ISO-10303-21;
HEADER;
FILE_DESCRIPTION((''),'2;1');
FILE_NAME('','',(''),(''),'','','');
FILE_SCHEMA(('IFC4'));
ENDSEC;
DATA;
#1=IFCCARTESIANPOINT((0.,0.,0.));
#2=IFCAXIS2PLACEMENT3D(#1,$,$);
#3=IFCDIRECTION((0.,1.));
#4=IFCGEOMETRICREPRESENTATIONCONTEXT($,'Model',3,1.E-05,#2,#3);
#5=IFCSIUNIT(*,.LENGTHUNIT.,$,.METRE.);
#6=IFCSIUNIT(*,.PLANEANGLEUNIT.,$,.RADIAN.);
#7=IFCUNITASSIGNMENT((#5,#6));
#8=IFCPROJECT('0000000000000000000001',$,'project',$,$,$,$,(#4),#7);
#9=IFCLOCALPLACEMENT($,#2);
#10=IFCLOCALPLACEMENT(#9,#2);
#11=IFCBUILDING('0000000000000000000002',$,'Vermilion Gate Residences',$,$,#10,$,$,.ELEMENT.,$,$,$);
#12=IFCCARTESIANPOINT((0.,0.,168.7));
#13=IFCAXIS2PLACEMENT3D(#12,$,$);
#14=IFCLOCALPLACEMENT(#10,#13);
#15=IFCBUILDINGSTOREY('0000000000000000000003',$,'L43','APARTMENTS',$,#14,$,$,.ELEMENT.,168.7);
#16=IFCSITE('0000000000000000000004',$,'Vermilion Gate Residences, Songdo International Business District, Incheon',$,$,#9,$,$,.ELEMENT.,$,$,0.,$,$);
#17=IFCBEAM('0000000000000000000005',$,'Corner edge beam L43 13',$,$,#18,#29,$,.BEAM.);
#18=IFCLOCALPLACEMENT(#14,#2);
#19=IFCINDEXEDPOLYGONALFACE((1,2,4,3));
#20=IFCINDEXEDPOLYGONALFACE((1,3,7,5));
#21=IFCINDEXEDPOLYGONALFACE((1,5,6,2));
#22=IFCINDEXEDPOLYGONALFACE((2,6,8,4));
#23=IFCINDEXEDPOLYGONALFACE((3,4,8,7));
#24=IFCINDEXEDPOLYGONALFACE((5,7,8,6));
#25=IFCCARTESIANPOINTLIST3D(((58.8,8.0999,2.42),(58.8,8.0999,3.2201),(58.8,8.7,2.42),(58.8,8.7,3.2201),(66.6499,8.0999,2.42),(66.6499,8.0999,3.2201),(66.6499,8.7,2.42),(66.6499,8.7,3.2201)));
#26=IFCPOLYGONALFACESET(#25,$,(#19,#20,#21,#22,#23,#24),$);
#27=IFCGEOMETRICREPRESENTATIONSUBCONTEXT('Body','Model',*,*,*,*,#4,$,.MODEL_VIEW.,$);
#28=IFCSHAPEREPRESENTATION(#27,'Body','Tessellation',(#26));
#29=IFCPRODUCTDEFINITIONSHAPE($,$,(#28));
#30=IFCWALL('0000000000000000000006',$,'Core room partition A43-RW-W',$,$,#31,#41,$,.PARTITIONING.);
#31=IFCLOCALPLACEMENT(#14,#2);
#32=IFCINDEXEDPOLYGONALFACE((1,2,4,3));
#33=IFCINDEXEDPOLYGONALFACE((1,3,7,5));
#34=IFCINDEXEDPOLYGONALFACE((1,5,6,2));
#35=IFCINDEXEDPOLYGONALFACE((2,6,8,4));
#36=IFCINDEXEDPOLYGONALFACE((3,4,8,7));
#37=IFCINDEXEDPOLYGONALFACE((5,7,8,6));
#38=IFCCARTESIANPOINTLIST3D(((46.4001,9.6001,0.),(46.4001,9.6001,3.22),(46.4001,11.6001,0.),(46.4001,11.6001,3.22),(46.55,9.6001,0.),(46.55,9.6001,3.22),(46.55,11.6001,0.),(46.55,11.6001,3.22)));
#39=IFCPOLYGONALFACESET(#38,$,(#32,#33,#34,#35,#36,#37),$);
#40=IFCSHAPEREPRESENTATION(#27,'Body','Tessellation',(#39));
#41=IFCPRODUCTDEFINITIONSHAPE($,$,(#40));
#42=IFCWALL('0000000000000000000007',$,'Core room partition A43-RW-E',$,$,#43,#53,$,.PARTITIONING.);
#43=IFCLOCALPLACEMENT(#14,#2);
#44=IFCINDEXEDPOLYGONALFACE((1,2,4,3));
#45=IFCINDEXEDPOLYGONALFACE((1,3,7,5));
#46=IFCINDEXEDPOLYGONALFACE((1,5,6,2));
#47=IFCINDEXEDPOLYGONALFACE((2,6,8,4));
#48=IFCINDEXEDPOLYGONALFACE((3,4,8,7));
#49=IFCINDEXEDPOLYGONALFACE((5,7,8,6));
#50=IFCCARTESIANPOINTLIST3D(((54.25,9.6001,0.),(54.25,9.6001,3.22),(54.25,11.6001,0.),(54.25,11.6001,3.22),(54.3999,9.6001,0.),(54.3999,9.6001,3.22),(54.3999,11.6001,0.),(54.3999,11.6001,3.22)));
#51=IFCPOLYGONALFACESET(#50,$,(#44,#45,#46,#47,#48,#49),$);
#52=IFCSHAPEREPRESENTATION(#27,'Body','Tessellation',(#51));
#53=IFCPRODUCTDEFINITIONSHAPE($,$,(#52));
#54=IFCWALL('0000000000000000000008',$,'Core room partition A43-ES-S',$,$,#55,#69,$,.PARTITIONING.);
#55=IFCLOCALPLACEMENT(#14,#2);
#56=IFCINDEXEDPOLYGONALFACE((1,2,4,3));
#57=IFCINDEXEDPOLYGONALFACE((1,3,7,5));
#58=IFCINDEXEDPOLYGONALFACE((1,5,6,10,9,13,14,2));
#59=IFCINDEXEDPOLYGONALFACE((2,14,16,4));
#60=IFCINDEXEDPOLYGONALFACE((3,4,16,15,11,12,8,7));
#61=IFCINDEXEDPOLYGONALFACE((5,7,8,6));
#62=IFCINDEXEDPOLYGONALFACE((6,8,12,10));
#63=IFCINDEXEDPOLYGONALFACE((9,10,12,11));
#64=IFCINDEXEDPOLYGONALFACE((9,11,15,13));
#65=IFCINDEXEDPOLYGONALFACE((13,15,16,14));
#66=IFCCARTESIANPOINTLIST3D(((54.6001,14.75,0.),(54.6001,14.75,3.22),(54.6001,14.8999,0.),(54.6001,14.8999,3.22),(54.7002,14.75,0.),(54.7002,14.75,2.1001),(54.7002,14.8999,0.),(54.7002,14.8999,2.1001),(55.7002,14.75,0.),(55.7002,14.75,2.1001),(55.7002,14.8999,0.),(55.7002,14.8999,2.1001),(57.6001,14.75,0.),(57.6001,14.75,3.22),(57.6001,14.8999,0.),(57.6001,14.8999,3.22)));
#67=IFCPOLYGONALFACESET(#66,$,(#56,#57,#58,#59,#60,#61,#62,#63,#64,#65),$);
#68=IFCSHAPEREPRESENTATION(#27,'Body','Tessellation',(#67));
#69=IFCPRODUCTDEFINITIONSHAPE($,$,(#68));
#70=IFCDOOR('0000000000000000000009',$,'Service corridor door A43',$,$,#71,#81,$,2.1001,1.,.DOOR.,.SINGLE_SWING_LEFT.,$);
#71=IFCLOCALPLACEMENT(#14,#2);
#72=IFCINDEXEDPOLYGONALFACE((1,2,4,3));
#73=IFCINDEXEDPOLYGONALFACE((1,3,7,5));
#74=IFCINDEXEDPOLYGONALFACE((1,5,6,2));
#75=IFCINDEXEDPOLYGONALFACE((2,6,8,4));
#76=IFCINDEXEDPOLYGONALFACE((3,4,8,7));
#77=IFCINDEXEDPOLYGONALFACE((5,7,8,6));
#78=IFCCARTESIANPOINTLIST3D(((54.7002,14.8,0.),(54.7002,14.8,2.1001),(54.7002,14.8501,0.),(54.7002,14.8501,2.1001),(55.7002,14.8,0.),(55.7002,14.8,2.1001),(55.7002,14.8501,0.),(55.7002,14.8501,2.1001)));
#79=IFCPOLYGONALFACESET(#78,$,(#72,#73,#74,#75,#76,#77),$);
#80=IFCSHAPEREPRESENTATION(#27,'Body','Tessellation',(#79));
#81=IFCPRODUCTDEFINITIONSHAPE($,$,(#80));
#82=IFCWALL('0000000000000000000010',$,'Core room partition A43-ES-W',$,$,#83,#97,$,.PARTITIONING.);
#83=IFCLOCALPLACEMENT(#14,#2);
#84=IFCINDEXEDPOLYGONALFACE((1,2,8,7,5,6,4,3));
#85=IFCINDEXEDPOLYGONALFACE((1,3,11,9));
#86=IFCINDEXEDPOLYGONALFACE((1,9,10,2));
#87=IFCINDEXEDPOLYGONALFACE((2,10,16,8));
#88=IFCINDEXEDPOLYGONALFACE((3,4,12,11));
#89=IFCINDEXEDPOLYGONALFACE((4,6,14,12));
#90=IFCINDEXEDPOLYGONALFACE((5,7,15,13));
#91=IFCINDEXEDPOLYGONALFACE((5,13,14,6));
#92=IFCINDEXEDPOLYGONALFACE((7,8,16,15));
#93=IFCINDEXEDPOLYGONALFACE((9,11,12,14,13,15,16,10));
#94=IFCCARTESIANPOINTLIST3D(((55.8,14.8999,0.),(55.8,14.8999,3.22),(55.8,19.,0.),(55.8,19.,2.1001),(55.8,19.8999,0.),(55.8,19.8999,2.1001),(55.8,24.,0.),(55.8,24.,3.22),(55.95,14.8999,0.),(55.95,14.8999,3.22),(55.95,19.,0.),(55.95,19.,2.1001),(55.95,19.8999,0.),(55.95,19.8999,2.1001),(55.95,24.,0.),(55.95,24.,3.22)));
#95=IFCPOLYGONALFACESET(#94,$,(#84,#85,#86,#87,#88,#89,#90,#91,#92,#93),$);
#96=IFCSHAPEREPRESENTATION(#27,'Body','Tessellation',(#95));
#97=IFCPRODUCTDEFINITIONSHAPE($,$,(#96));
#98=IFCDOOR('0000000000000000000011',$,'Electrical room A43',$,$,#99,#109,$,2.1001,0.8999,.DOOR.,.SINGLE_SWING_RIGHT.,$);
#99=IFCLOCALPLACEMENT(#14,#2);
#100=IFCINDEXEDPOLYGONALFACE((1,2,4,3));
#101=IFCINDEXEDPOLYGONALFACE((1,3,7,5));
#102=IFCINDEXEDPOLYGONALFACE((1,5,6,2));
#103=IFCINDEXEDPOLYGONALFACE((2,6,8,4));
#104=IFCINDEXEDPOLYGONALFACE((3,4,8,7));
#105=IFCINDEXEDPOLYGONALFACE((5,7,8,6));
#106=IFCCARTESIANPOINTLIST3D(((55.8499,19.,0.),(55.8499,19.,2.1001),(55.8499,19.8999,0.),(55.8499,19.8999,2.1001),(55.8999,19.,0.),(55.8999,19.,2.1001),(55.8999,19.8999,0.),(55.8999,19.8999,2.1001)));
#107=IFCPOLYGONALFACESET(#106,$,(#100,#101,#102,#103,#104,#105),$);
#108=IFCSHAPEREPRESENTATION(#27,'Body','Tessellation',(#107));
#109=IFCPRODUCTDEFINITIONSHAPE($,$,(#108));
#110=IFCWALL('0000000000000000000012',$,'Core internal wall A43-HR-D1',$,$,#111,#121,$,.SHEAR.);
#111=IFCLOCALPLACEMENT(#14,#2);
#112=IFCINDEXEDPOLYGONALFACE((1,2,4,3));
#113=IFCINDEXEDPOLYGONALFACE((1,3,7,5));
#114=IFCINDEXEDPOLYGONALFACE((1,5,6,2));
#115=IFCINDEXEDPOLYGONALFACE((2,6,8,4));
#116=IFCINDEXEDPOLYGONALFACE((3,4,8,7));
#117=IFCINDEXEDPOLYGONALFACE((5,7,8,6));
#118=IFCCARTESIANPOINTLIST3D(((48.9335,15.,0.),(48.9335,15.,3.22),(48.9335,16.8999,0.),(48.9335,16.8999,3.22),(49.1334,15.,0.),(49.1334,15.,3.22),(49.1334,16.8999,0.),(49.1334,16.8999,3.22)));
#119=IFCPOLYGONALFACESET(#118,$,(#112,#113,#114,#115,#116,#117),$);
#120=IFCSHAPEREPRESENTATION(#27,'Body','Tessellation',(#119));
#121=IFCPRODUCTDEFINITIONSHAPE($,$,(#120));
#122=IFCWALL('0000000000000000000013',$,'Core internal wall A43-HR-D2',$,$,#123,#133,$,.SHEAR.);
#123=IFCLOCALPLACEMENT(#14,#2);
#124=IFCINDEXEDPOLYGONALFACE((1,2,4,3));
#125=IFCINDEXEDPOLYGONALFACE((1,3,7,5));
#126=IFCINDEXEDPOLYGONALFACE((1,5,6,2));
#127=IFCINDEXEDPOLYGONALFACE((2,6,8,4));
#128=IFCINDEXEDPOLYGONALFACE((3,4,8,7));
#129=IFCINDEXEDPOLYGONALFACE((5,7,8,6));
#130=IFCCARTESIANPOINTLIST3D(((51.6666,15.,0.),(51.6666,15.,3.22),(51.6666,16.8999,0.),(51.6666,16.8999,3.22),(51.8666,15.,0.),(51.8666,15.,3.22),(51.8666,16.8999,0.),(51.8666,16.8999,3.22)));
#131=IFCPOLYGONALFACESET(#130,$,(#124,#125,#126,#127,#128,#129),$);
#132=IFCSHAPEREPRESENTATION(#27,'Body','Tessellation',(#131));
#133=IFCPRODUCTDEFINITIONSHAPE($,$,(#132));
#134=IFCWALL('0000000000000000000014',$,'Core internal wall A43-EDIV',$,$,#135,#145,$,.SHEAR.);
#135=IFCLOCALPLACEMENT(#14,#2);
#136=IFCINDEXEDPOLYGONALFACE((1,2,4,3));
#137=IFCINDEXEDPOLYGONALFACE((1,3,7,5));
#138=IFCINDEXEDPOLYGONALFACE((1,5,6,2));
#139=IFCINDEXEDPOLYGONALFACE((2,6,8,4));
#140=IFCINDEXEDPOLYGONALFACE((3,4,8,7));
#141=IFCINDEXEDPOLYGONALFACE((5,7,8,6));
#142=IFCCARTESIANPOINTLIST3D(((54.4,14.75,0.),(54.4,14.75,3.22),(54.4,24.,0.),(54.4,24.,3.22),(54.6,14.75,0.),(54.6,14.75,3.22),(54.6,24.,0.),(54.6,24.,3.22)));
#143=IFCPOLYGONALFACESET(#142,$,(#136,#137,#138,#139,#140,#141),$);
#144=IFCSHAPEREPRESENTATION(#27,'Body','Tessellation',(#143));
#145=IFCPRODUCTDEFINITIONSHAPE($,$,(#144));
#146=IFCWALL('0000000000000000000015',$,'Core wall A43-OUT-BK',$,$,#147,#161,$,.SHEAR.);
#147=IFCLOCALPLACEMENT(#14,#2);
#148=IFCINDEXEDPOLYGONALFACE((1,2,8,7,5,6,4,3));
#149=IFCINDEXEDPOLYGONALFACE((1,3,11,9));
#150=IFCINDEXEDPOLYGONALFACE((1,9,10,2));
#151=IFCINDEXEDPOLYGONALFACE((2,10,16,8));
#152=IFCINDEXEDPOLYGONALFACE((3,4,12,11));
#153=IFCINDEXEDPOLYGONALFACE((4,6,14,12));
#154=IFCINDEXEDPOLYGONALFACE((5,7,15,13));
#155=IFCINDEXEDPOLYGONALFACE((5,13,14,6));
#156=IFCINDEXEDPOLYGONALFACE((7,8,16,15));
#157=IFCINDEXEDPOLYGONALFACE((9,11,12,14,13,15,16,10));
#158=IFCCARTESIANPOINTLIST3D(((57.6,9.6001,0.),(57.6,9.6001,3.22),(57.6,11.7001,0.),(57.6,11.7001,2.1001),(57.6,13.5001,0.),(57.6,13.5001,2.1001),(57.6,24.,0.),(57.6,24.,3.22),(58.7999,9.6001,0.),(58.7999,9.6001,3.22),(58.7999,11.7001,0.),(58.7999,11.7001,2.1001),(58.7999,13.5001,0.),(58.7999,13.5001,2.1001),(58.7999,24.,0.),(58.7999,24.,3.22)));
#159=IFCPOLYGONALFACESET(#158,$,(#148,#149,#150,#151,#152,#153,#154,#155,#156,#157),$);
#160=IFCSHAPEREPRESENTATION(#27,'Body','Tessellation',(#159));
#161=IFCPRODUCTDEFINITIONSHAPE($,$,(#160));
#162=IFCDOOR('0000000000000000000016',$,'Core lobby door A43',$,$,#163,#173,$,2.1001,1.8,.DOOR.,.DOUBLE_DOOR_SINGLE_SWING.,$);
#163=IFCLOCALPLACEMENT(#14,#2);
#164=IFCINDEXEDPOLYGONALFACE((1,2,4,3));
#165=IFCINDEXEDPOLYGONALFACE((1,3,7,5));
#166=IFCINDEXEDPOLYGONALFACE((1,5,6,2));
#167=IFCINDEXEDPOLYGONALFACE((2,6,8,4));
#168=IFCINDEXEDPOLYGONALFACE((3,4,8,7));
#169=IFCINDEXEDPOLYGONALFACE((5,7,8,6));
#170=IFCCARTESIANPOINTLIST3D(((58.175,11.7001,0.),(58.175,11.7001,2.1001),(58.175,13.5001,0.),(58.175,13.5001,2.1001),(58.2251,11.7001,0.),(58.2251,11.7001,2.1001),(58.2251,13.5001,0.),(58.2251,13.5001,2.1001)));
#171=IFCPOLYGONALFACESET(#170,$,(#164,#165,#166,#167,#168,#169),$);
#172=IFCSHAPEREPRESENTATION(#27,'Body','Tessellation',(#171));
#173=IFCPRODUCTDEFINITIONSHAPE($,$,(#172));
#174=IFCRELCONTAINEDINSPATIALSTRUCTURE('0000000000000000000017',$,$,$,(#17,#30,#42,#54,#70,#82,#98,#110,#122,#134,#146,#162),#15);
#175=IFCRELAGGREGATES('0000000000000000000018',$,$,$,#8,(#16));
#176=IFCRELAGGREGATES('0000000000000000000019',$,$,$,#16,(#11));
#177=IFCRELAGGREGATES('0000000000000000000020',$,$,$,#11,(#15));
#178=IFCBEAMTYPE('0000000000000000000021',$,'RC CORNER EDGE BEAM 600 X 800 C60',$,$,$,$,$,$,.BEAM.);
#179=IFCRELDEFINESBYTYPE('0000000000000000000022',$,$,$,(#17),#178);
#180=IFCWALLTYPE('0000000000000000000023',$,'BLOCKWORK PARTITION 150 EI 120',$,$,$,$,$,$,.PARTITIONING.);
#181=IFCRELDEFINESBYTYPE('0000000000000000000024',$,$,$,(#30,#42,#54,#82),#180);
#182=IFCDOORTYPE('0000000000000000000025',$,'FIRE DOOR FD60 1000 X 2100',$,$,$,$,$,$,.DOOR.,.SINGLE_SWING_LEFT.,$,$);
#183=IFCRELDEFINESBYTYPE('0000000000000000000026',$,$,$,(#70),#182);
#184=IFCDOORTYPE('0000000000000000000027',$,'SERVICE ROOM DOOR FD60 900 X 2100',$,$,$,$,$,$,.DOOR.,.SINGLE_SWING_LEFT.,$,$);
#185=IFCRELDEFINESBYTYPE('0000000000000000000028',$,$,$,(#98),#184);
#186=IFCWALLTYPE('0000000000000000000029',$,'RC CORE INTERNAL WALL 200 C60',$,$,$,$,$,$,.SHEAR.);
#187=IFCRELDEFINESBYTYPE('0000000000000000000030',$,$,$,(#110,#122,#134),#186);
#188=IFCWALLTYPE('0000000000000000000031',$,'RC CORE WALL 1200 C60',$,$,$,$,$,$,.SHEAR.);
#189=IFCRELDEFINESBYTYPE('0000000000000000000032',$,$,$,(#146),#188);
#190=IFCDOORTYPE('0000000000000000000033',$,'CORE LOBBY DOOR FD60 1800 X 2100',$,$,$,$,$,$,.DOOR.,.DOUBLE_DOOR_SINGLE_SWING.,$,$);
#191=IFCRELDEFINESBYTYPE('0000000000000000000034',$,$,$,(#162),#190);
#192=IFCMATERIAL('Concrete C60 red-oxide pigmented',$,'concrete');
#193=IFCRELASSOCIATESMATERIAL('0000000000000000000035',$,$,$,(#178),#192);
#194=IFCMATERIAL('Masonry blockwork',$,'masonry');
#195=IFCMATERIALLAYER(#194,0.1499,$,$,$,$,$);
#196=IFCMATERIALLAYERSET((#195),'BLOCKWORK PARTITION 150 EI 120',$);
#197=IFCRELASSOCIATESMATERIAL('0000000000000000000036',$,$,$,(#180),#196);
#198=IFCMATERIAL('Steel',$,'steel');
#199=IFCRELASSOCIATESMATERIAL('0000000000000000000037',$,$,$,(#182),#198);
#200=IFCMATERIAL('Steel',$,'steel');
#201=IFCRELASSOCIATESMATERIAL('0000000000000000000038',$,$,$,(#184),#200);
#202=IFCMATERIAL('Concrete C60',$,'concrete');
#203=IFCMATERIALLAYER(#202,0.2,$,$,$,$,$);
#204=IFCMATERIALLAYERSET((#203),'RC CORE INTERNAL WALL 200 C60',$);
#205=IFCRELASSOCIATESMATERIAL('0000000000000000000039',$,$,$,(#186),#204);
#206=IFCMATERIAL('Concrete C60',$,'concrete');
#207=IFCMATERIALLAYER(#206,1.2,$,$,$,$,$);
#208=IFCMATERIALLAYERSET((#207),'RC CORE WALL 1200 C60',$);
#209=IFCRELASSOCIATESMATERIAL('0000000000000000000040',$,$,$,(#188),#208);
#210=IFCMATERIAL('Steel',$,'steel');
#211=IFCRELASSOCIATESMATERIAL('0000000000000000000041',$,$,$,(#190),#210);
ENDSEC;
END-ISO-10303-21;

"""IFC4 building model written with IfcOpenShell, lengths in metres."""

from ifc_helpers import new_model, si_unit, direction, frame, frame_2d, origin, origin_2d, place, context, subcontext, project, spatial, rectangle, extrude, material, layer, layer_set, material_profile, profile_set, type_object, element, fill, save


model = new_model("IFC4")

# Units and contexts
model_context = context("Model", 3, precision=1e-05, world=origin(), true_north=direction((0.0, 1.0)))
body_context = subcontext(model_context, "Body", "Model", "MODEL_VIEW")
ifc_project = project(units=[si_unit("LENGTHUNIT", "METRE"), si_unit("PLANEANGLEUNIT", "RADIAN")], contexts=[model_context])

# Site, building, storey
site_placement = place(None, origin())
site = spatial("IfcSite", under=ifc_project, at=site_placement, Name="Vermilion Gate Residences, Songdo International Business District, Incheon", CompositionType="ELEMENT", RefElevation=0.0)
building_placement = place(site_placement, origin())
building = spatial("IfcBuilding", under=site, at=building_placement, Name="Vermilion Gate Residences", CompositionType="ELEMENT")
storey_placement = place(building_placement, frame((0.0, 0.0, 168.7)))
storey = spatial("IfcBuildingStorey", under=building, at=storey_placement, Name="L43", Description="APARTMENTS", CompositionType="ELEMENT", Elevation=168.7)

# Beam
ifc_material_1 = material(Name="Concrete C60 red-oxide pigmented", Category="concrete")
ifc_material_profile = material_profile(ifc_material_1, rectangle(XDim=0.6001, YDim=0.8, at=origin_2d()), Name="RC-600x800")
ifc_profile_set = profile_set([ifc_material_profile], Name="Concrete C60 red-oxide pigmented")
beam_type = type_object("IfcBeamType", Name="RC CORNER EDGE BEAM 600 X 800 C60", PredefinedType="BEAM", material=ifc_profile_set)
beam_placement = place(storey_placement, frame((58.8, 8.3999, 2.8201), z_axis=(1.0, 0.0, 0.0), x_axis=(0.0, 1.0, 0.0)))
element("IfcBeam", 1, at=beam_placement, inside=storey, type_object=beam_type, Name="Corner edge beam L43 13", PredefinedType="BEAM", context=body_context, shape_type="SweptSolid", body=[
    extrude(rectangle(XDim=0.6001, YDim=0.8, at=origin_2d()), origin(), (0.0, 0.0, 1.0), 7.8499),
])

# Walls
ifc_material_2 = material(Name="Masonry blockwork", Category="masonry")
ifc_layer_1 = layer(ifc_material_2, 0.1499)
ifc_layer_set_1 = layer_set([ifc_layer_1], Name="BLOCKWORK PARTITION 150 EI 120")
wall_type_1 = type_object("IfcWallType", Name="BLOCKWORK PARTITION 150 EI 120", PredefinedType="PARTITIONING", material=ifc_layer_set_1)
for number, where, z_axis, x_axis, name in (
    (2, (46.4751, 9.6001, 0.0), (0.0, 0.0, 1.0), (0.0, 1.0, 0.0), "Core room partition A43-RW-W"),
    (3, (54.325, 9.6001, 0.0), (0.0, 0.0, 1.0), (0.0, 1.0, 0.0), "Core room partition A43-RW-E"),
):
    element("IfcWall", number, at=place(storey_placement, frame(where, z_axis=z_axis, x_axis=x_axis)), inside=storey, type_object=wall_type_1, Name=name, PredefinedType="PARTITIONING", context=body_context, shape_type="SweptSolid", body=[
        extrude(rectangle(XDim=2.0, YDim=0.1499, at=frame_2d((1.0, 0.0))), origin(), (0.0, 0.0, 1.0), 3.22),
    ])

# Walls, openings, doors
wall_1_placement = place(storey_placement, frame((54.6001, 14.825, 0.0), z_axis=(0.0, 0.0, 1.0), x_axis=(1.0, 0.0, 0.0)))
wall_1 = element("IfcWall", 4, at=wall_1_placement, inside=storey, type_object=wall_type_1, Name="Core room partition A43-ES-S", PredefinedType="PARTITIONING", context=body_context, shape_type="SweptSolid", body=[
    extrude(rectangle(XDim=3.0, YDim=0.1499, at=frame_2d((1.5, 0.0))), origin(), (0.0, 0.0, 1.0), 3.22),
])
opening_1_placement = place(wall_1_placement, frame((0.1001, 0.0, 0.0)))
opening_1 = element("IfcOpeningElement", 5, at=opening_1_placement, cuts=wall_1, PredefinedType="OPENING", context=body_context, shape_type="SweptSolid", body=[
    extrude(rectangle(XDim=1.0, YDim=2.1001, at=frame_2d((0.5, 1.05))), frame((0.0, 0.085, 0.0), z_axis=(0.0, -1.0, 0.0), x_axis=(1.0, 0.0, 0.0)), (0.0, 0.0, 1.0), 0.1699),
])
ifc_material_3 = material(Name="Steel", Category="steel")
door_type_1 = type_object("IfcDoorType", Name="FIRE DOOR FD60 1000 X 2100", OperationType="SINGLE_SWING_LEFT", PredefinedType="DOOR", material=ifc_material_3)
door_1_placement = place(opening_1_placement, frame((1.0, 0.0, 0.0), z_axis=(0.0, 0.0, 1.0), x_axis=(-1.0, 0.0, 0.0)))
door_1 = element("IfcDoor", 6, at=door_1_placement, inside=storey, type_object=door_type_1, Name="Service corridor door A43", OperationType="SINGLE_SWING_LEFT", OverallHeight=2.1001, OverallWidth=1.0, PredefinedType="DOOR", context=body_context, shape_type="SweptSolid", body=[
    extrude(rectangle(XDim=1.0, YDim=2.1001, at=frame_2d((0.5, 1.05))), frame((0.0, 0.0249, 0.0), z_axis=(0.0, -1.0, 0.0), x_axis=(1.0, 0.0, 0.0)), (0.0, 0.0, 1.0), 0.05),
])
fill(opening_1, door_1)
wall_2_placement = place(storey_placement, frame((55.875, 14.8999, 0.0), z_axis=(0.0, 0.0, 1.0), x_axis=(0.0, 1.0, 0.0)))
wall_2 = element("IfcWall", 7, at=wall_2_placement, inside=storey, type_object=wall_type_1, Name="Core room partition A43-ES-W", PredefinedType="PARTITIONING", context=body_context, shape_type="SweptSolid", body=[
    extrude(rectangle(XDim=9.1001, YDim=0.1499, at=frame_2d((4.55, 0.0))), origin(), (0.0, 0.0, 1.0), 3.22),
])
opening_2_placement = place(wall_2_placement, frame((4.1001, 0.0, 0.0)))
opening_2 = element("IfcOpeningElement", 8, at=opening_2_placement, cuts=wall_2, PredefinedType="OPENING", context=body_context, shape_type="SweptSolid", body=[
    extrude(rectangle(XDim=0.8999, YDim=2.1001, at=frame_2d((0.45, 1.05))), frame((0.0, 0.085, 0.0), z_axis=(0.0, -1.0, 0.0), x_axis=(1.0, 0.0, 0.0)), (0.0, 0.0, 1.0), 0.1699),
])
ifc_material_4 = material(Name="Steel", Category="steel")
door_type_2 = type_object("IfcDoorType", Name="SERVICE ROOM DOOR FD60 900 X 2100", OperationType="SINGLE_SWING_LEFT", PredefinedType="DOOR", material=ifc_material_4)
door_2_placement = place(opening_2_placement, frame((0.8999, 0.0, 0.0), z_axis=(0.0, 0.0, 1.0), x_axis=(-1.0, 0.0, 0.0)))
door_2 = element("IfcDoor", 9, at=door_2_placement, inside=storey, type_object=door_type_2, Name="Electrical room A43", OperationType="SINGLE_SWING_RIGHT", OverallHeight=2.1001, OverallWidth=0.8999, PredefinedType="DOOR", context=body_context, shape_type="SweptSolid", body=[
    extrude(rectangle(XDim=0.8999, YDim=2.1001, at=frame_2d((0.45, 1.05))), frame((0.0, 0.0249, 0.0), z_axis=(0.0, -1.0, 0.0), x_axis=(1.0, 0.0, 0.0)), (0.0, 0.0, 1.0), 0.05),
])
fill(opening_2, door_2)

# Walls
ifc_material_5 = material(Name="Concrete C60", Category="concrete")
ifc_layer_2 = layer(ifc_material_5, 0.2)
ifc_layer_set_2 = layer_set([ifc_layer_2], Name="RC CORE INTERNAL WALL 200 C60")
wall_type_2 = type_object("IfcWallType", Name="RC CORE INTERNAL WALL 200 C60", PredefinedType="SHEAR", material=ifc_layer_set_2)
for number, where, z_axis, x_axis, name in (
    (10, (49.0334, 15.0, 0.0), (0.0, 0.0, 1.0), (0.0, 1.0, 0.0), "Core internal wall A43-HR-D1"),
    (11, (51.7666, 15.0, 0.0), (0.0, 0.0, 1.0), (0.0, 1.0, 0.0), "Core internal wall A43-HR-D2"),
):
    element("IfcWall", number, at=place(storey_placement, frame(where, z_axis=z_axis, x_axis=x_axis)), inside=storey, type_object=wall_type_2, Name=name, PredefinedType="SHEAR", context=body_context, shape_type="SweptSolid", body=[
        extrude(rectangle(XDim=1.8999, YDim=0.2, at=frame_2d((0.95, 0.0))), origin(), (0.0, 0.0, 1.0), 3.22),
    ])
wall_3_placement = place(storey_placement, frame((54.5, 14.75, 0.0), z_axis=(0.0, 0.0, 1.0), x_axis=(0.0, 1.0, 0.0)))
element("IfcWall", 12, at=wall_3_placement, inside=storey, type_object=wall_type_2, Name="Core internal wall A43-EDIV", PredefinedType="SHEAR", context=body_context, shape_type="SweptSolid", body=[
    extrude(rectangle(XDim=9.25, YDim=0.2, at=frame_2d((4.625, 0.0))), origin(), (0.0, 0.0, 1.0), 3.22),
])

# Wall, opening, door
ifc_material_6 = material(Name="Concrete C60", Category="concrete")
ifc_layer_3 = layer(ifc_material_6, 1.2)
ifc_layer_set_3 = layer_set([ifc_layer_3], Name="RC CORE WALL 1200 C60")
wall_type_3 = type_object("IfcWallType", Name="RC CORE WALL 1200 C60", PredefinedType="SHEAR", material=ifc_layer_set_3)
wall_4_placement = place(storey_placement, frame((58.2, 9.6001, 0.0), z_axis=(0.0, 0.0, 1.0), x_axis=(0.0, 1.0, 0.0)))
wall_4 = element("IfcWall", 13, at=wall_4_placement, inside=storey, type_object=wall_type_3, Name="Core wall A43-OUT-BK", PredefinedType="SHEAR", context=body_context, shape_type="SweptSolid", body=[
    extrude(rectangle(XDim=14.3999, YDim=1.2, at=frame_2d((7.2, 0.0))), origin(), (0.0, 0.0, 1.0), 3.22),
])
opening_3_placement = place(wall_4_placement, frame((2.1001, 0.0, 0.0)))
opening_3 = element("IfcOpeningElement", 14, at=opening_3_placement, cuts=wall_4, PredefinedType="OPENING", context=body_context, shape_type="SweptSolid", body=[
    extrude(rectangle(XDim=1.8, YDim=2.1001, at=frame_2d((0.8999, 1.05))), frame((0.0, 0.6099, 0.0), z_axis=(0.0, -1.0, 0.0), x_axis=(1.0, 0.0, 0.0)), (0.0, 0.0, 1.0), 1.22),
])
ifc_material_7 = material(Name="Steel", Category="steel")
door_type_3 = type_object("IfcDoorType", Name="CORE LOBBY DOOR FD60 1800 X 2100", OperationType="DOUBLE_DOOR_SINGLE_SWING", PredefinedType="DOOR", material=ifc_material_7)
door_3_placement = place(opening_3_placement, origin())
door_3 = element("IfcDoor", 15, at=door_3_placement, inside=storey, type_object=door_type_3, Name="Core lobby door A43", OperationType="DOUBLE_DOOR_SINGLE_SWING", OverallHeight=2.1001, OverallWidth=1.8, PredefinedType="DOOR", context=body_context, shape_type="SweptSolid", body=[
    extrude(rectangle(XDim=1.8, YDim=2.1001, at=frame_2d((0.8999, 1.05))), frame((0.0, 0.0249, 0.0), z_axis=(0.0, -1.0, 0.0), x_axis=(1.0, 0.0, 0.0)), (0.0, 0.0, 1.0), 0.05),
])
fill(opening_3, door_3)

save(model, "model.ifc")
